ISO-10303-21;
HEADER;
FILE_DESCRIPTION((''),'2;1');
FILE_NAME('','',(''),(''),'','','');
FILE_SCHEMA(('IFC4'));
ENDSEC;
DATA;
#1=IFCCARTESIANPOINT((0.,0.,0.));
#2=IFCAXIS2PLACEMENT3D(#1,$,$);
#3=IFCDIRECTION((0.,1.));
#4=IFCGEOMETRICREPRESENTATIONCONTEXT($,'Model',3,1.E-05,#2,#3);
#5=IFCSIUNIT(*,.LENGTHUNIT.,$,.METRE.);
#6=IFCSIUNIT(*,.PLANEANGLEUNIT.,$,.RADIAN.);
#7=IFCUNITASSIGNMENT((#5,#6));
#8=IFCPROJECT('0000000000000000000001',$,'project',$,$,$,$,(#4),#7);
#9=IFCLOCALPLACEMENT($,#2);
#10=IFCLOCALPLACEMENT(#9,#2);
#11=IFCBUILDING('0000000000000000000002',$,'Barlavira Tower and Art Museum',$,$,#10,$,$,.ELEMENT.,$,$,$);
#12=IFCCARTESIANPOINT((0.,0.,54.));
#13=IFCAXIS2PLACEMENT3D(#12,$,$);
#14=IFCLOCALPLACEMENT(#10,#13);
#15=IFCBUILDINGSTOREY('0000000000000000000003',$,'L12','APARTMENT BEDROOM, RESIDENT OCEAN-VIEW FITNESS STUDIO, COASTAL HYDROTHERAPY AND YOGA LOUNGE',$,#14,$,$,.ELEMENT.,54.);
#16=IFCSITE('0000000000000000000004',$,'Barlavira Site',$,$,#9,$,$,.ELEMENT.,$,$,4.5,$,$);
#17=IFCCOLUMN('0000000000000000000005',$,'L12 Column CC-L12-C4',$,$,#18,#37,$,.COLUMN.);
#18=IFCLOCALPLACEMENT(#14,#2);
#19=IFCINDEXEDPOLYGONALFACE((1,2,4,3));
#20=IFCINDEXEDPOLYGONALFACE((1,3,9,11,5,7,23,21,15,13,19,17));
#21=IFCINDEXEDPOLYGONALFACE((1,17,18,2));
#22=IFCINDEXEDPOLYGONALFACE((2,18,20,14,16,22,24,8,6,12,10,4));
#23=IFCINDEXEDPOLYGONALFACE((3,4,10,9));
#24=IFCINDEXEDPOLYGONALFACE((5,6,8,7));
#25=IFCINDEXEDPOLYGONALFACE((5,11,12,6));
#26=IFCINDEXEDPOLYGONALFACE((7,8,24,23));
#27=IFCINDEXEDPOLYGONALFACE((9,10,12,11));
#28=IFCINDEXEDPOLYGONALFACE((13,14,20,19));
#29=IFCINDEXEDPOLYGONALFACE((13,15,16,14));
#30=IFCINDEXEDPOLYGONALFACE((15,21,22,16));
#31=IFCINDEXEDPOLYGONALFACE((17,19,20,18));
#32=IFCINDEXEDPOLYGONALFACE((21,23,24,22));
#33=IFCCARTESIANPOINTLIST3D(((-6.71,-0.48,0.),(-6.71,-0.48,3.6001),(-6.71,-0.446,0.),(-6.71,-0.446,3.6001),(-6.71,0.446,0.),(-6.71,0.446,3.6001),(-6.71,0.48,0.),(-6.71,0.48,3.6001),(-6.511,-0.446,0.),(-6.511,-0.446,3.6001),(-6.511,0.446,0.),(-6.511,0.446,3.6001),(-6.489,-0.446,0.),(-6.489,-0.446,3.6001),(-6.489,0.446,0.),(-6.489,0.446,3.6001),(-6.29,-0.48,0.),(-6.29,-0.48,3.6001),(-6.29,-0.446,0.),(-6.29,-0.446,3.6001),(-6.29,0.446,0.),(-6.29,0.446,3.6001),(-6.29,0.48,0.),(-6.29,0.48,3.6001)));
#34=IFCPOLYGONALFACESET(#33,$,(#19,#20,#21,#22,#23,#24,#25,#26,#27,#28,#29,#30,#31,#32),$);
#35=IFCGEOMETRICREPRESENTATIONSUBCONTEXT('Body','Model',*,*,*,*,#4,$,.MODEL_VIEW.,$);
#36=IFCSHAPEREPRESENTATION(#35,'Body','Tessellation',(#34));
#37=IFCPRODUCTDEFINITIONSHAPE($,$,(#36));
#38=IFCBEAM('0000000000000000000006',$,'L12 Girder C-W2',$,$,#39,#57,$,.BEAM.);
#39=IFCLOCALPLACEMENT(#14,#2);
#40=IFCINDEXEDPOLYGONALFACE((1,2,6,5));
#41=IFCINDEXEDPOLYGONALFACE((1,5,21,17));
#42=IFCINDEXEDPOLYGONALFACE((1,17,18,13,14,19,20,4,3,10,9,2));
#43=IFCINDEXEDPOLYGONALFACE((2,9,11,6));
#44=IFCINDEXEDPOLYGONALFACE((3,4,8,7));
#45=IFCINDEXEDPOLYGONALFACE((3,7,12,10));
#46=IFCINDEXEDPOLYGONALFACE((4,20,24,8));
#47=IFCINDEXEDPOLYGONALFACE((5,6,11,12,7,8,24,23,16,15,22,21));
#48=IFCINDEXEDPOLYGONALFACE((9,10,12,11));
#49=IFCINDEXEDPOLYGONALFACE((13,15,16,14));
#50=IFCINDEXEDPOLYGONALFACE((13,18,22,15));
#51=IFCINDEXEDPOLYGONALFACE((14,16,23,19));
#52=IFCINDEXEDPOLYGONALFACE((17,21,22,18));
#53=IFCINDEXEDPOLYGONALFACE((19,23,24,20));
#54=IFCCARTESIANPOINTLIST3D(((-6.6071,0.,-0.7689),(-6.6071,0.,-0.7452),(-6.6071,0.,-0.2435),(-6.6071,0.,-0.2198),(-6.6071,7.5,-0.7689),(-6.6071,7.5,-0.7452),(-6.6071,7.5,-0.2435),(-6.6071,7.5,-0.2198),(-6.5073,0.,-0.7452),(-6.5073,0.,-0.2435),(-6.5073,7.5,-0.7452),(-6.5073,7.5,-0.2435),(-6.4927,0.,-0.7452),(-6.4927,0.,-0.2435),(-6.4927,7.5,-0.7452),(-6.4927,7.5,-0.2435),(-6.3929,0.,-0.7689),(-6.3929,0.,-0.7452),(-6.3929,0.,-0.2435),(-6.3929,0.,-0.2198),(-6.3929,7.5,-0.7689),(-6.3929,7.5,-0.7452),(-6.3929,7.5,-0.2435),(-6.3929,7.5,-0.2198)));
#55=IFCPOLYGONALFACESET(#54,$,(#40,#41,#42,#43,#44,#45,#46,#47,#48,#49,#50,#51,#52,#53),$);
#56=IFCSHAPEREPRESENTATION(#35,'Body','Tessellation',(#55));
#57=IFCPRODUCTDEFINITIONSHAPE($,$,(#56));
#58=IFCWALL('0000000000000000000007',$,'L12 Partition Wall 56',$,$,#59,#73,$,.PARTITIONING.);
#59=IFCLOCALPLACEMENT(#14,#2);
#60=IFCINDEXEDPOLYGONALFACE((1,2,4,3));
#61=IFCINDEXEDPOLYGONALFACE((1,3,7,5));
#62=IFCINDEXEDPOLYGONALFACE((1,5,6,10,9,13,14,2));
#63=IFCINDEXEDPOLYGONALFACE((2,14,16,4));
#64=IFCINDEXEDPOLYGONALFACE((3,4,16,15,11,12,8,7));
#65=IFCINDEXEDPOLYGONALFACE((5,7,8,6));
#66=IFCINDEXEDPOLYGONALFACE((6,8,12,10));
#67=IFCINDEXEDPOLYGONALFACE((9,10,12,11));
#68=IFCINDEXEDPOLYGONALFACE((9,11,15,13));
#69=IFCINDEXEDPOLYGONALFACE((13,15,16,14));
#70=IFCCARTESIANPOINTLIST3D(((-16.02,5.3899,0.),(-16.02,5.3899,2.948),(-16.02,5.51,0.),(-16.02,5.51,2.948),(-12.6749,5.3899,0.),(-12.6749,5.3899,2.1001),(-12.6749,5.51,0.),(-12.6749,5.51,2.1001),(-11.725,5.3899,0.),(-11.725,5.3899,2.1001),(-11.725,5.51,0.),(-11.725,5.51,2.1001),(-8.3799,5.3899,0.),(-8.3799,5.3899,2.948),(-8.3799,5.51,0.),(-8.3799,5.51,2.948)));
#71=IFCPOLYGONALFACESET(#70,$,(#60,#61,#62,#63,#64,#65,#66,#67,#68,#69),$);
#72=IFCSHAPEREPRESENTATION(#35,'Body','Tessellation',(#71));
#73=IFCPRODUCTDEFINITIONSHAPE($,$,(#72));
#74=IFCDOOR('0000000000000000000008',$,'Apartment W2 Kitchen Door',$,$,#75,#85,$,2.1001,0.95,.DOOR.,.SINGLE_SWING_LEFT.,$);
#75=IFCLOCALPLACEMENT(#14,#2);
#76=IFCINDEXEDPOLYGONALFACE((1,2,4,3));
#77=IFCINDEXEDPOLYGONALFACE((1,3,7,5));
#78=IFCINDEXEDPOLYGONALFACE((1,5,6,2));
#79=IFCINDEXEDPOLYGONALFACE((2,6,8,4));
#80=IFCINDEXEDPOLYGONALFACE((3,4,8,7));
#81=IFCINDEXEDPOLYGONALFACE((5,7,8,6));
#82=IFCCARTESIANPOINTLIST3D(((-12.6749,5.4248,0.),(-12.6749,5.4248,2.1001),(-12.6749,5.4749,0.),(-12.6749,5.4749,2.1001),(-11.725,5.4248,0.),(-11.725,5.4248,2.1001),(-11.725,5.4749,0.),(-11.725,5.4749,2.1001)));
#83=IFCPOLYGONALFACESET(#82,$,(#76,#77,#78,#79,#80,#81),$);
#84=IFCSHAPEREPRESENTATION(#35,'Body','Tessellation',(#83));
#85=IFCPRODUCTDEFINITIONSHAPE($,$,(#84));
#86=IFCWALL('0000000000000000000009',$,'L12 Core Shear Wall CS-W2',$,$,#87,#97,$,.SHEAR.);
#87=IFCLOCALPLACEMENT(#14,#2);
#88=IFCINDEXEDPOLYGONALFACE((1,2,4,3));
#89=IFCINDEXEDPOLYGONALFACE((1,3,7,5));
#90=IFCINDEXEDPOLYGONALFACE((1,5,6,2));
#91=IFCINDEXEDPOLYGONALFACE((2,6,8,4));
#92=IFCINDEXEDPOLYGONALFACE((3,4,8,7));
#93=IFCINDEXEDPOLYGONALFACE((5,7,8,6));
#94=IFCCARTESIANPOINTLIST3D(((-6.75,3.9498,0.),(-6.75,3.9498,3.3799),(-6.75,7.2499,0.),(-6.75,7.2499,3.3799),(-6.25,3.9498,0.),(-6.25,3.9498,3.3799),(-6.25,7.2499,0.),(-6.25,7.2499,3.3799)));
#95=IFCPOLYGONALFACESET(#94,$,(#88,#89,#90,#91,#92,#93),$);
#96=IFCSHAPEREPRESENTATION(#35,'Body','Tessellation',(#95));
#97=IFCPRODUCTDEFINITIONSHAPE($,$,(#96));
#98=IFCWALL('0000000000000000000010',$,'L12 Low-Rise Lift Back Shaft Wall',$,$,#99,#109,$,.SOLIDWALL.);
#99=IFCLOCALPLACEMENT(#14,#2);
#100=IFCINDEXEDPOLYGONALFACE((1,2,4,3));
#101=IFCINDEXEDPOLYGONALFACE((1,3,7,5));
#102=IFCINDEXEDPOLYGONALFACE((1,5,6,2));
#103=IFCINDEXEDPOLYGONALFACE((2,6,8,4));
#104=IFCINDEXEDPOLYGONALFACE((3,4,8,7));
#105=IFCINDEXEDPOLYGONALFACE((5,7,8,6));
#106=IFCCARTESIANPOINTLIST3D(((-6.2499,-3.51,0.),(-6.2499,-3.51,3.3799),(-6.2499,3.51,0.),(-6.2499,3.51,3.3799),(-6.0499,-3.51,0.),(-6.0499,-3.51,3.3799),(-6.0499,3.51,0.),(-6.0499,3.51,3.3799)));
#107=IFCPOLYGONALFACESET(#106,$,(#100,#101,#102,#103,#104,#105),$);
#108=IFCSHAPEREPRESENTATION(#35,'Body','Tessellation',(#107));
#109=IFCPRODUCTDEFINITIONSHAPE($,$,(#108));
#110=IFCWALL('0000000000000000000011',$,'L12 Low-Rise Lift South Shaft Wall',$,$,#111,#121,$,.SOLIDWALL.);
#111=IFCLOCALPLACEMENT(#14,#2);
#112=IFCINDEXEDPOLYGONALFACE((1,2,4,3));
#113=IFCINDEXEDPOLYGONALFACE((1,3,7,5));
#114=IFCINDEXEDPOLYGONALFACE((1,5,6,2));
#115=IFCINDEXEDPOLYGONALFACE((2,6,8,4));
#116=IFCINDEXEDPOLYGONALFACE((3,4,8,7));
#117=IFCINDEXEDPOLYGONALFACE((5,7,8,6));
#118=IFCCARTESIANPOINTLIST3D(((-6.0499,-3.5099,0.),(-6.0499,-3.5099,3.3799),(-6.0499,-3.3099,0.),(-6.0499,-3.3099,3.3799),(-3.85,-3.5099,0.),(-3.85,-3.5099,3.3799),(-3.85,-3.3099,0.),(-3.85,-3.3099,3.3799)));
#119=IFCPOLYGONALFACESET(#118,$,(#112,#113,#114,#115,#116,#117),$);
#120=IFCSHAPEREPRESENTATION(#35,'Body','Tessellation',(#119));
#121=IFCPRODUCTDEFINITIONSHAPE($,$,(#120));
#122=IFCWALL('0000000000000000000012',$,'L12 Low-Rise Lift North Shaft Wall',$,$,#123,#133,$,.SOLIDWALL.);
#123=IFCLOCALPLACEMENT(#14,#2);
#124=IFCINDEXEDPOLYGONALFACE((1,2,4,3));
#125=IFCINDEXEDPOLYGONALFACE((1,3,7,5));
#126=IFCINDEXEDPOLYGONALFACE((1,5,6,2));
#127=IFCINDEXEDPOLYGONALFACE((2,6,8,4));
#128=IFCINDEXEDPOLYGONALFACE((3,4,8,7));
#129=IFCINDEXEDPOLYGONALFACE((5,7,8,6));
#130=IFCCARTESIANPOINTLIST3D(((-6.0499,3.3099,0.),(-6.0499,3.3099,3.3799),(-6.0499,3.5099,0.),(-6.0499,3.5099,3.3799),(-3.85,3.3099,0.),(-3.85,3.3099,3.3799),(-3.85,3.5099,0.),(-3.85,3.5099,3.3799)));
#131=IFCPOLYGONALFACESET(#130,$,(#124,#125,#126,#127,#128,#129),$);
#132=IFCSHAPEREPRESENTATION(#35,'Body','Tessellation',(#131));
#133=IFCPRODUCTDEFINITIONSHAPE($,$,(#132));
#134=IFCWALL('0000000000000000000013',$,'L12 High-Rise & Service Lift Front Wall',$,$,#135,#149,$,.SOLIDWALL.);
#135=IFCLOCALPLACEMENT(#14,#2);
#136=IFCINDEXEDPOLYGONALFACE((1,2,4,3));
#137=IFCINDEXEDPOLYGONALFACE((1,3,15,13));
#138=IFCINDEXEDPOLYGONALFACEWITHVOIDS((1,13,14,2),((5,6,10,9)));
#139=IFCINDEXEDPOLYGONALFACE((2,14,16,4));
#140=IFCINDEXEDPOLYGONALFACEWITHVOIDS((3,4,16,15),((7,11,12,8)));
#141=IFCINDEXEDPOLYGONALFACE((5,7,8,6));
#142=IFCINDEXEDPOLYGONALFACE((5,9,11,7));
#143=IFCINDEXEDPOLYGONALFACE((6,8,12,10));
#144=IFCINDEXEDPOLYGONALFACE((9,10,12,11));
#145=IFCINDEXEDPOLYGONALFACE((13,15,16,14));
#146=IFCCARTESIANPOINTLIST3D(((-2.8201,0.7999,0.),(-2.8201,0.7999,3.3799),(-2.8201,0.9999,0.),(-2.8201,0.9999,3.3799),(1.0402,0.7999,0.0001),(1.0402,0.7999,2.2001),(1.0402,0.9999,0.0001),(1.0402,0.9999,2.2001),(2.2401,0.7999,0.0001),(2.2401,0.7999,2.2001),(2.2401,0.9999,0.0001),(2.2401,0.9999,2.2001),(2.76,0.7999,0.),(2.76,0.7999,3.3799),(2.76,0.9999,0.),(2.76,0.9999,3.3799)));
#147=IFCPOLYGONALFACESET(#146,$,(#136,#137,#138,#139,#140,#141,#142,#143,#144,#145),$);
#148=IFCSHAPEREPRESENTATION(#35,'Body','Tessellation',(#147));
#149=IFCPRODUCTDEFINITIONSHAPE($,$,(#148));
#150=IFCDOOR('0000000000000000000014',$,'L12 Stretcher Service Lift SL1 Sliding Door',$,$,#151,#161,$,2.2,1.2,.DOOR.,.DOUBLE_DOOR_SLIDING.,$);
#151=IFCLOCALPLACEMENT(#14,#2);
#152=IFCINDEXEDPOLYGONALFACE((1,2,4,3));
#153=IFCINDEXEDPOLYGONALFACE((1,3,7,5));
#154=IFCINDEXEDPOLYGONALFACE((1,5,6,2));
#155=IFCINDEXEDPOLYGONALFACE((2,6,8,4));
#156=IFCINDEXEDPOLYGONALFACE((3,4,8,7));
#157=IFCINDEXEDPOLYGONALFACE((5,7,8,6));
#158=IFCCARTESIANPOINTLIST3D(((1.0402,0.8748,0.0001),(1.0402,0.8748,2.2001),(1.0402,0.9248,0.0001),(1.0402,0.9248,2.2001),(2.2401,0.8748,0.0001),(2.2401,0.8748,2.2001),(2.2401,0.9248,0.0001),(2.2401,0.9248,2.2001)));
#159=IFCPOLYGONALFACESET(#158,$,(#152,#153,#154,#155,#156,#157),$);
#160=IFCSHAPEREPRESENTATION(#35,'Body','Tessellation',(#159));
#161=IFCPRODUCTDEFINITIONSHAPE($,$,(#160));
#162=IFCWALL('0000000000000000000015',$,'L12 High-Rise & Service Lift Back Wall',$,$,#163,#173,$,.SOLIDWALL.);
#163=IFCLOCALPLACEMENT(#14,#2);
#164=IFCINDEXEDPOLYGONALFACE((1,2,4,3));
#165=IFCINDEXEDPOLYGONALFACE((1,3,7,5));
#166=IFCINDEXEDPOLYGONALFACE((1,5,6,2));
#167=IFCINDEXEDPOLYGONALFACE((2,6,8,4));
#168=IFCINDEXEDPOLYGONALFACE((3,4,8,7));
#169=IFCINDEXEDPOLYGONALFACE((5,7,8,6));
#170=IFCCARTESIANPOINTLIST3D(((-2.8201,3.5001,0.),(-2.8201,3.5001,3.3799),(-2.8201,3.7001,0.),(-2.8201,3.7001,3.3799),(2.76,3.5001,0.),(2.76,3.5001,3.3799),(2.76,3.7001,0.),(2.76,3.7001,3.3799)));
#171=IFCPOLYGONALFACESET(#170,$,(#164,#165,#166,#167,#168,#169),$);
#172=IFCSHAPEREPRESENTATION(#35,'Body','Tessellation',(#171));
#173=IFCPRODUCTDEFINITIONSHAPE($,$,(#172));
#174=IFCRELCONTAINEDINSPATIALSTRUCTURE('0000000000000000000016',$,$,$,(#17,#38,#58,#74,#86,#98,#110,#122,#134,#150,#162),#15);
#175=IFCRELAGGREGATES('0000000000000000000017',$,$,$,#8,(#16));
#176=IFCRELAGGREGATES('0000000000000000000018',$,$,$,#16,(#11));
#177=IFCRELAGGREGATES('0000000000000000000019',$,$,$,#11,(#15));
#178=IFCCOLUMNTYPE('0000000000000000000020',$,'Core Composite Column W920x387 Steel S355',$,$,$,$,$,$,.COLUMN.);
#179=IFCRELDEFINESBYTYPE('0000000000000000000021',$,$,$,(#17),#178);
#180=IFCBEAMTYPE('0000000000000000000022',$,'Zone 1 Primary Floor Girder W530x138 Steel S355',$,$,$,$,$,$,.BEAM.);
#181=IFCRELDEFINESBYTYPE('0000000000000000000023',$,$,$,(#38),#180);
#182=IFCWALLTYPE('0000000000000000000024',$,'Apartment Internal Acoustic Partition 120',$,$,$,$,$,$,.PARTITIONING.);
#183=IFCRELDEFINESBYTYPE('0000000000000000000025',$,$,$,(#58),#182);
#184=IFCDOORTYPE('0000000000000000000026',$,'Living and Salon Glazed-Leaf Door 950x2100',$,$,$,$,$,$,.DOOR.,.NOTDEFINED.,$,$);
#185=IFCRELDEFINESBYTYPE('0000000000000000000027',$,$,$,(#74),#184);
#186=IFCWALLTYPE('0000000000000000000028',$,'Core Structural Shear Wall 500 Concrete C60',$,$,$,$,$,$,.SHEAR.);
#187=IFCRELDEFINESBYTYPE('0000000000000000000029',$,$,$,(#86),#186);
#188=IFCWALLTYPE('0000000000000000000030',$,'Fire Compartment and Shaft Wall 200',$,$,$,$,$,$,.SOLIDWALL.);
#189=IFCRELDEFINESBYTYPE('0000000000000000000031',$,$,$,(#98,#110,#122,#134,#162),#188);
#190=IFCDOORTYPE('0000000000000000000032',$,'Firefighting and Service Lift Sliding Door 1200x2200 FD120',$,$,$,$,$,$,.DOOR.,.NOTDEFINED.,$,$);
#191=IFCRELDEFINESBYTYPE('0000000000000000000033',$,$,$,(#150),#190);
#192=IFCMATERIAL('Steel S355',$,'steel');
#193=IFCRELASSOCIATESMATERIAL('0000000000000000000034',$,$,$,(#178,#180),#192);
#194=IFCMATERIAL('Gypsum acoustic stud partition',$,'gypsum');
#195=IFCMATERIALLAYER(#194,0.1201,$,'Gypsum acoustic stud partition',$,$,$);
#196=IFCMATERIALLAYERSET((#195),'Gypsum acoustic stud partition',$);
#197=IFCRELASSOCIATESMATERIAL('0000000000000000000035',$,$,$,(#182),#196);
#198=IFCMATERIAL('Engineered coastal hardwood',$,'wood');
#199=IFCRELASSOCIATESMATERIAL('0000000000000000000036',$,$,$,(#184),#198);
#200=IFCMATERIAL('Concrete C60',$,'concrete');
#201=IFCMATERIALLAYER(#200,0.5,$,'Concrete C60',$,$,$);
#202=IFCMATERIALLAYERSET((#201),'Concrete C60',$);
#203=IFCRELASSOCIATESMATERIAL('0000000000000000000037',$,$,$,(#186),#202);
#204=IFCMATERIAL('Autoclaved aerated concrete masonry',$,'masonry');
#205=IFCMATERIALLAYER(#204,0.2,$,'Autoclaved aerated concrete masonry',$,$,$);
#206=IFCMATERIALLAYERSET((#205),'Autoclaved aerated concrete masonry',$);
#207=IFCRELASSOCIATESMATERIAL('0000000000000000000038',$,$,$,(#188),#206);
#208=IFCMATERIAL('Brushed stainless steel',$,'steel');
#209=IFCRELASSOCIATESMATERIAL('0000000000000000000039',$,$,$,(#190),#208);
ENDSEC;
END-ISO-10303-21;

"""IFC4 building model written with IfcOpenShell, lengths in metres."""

from ifc_helpers import new_model, si_unit, direction, frame, frame_2d, origin, origin_2d, place, context, subcontext, project, spatial, rectangle, i_section, extrude, material, layer, layer_set, material_profile, profile_set, type_object, element, fill, save


model = new_model("IFC4")

# Units and contexts
model_context = context("Model", 3, precision=1e-05, world=origin(), true_north=direction((0.0, 1.0)))
body_context = subcontext(model_context, "Body", "Model", "MODEL_VIEW")
ifc_project = project(units=[si_unit("LENGTHUNIT", "METRE"), si_unit("PLANEANGLEUNIT", "RADIAN")], contexts=[model_context])

# Site, building, storey
site_placement = place(None, origin())
site = spatial("IfcSite", under=ifc_project, at=site_placement, Name="Barlavira Site", CompositionType="ELEMENT", RefElevation=4.5)
building_placement = place(site_placement, origin())
building = spatial("IfcBuilding", under=site, at=building_placement, Name="Barlavira Tower and Art Museum", CompositionType="ELEMENT")
storey_placement = place(building_placement, frame((0.0, 0.0, 54.0)))
storey = spatial("IfcBuildingStorey", under=building, at=storey_placement, Name="L12", Description="APARTMENT BEDROOM, RESIDENT OCEAN-VIEW FITNESS STUDIO, COASTAL HYDROTHERAPY AND YOGA LOUNGE", CompositionType="ELEMENT", Elevation=54.0)

# Column
ifc_material_1 = material(Name="Steel S355", Category="steel")
ifc_material_profile_1 = material_profile(ifc_material_1, i_section(OverallWidth=0.4199, OverallDepth=0.96, WebThickness=0.022, FlangeThickness=0.0339, at=origin_2d()), Name="W920x387.0")
ifc_profile_set_1 = profile_set([ifc_material_profile_1], Name="Steel S355")
column_type = type_object("IfcColumnType", Name="Core Composite Column W920x387 Steel S355", PredefinedType="COLUMN", material=ifc_profile_set_1)
column_placement = place(storey_placement, frame((-6.5, 0.0, 0.0), z_axis=(0.0, 0.0, 1.0), x_axis=(1.0, 0.0, 0.0)))
element("IfcColumn", 1, at=column_placement, inside=storey, type_object=column_type, Name="L12 Column CC-L12-C4", PredefinedType="COLUMN", context=body_context, shape_type="SweptSolid", body=[
    extrude(i_section(OverallWidth=0.4199, OverallDepth=0.96, WebThickness=0.022, FlangeThickness=0.0339, at=origin_2d()), origin(), (0.0, 0.0, 1.0), 3.6001),
])

# Beam
ifc_material_profile_2 = material_profile(ifc_material_1, i_section(OverallWidth=0.2141, OverallDepth=0.5491, WebThickness=0.0146, FlangeThickness=0.0237, at=origin_2d()), Name="W530x138.0")
ifc_profile_set_2 = profile_set([ifc_material_profile_2], Name="Steel S355")
beam_type = type_object("IfcBeamType", Name="Zone 1 Primary Floor Girder W530x138 Steel S355", PredefinedType="BEAM", material=ifc_profile_set_2)
beam_placement = place(storey_placement, frame((-6.5, 0.0, -0.4944), z_axis=(0.0, 1.0, 0.0), x_axis=(-1.0, 0.0, 0.0)))
element("IfcBeam", 2, at=beam_placement, inside=storey, type_object=beam_type, Name="L12 Girder C-W2", PredefinedType="BEAM", context=body_context, shape_type="SweptSolid", body=[
    extrude(i_section(OverallWidth=0.2141, OverallDepth=0.5491, WebThickness=0.0146, FlangeThickness=0.0237, at=origin_2d()), origin(), (0.0, 0.0, 1.0), 7.5),
])

# Wall, opening, door
ifc_material_2 = material(Name="Gypsum acoustic stud partition", Category="gypsum")
ifc_layer_1 = layer(ifc_material_2, 0.1201, Name="Gypsum acoustic stud partition")
ifc_layer_set_1 = layer_set([ifc_layer_1], Name="Gypsum acoustic stud partition")
wall_type_1 = type_object("IfcWallType", Name="Apartment Internal Acoustic Partition 120", PredefinedType="PARTITIONING", material=ifc_layer_set_1)
wall_1_placement = place(storey_placement, frame((-16.02, 5.45, 0.0), z_axis=(0.0, 0.0, 1.0), x_axis=(1.0, 0.0, 0.0)))
wall_1 = element("IfcWall", 3, at=wall_1_placement, inside=storey, type_object=wall_type_1, Name="L12 Partition Wall 56", PredefinedType="PARTITIONING", context=body_context, shape_type="SweptSolid", body=[
    extrude(rectangle(XDim=7.6401, YDim=0.1201, at=frame_2d((3.8201, 0.0))), origin(), (0.0, 0.0, 1.0), 2.948),
])
opening_1_placement = place(wall_1_placement, frame((3.345, 0.0, 0.0)))
opening_1 = element("IfcOpeningElement", 4, at=opening_1_placement, cuts=wall_1, PredefinedType="OPENING", context=body_context, shape_type="SweptSolid", body=[
    extrude(rectangle(XDim=0.95, YDim=2.1001, at=frame_2d((0.4751, 1.05))), frame((0.0, 0.0701, 0.0), z_axis=(0.0, -1.0, 0.0), x_axis=(1.0, 0.0, 0.0)), (0.0, 0.0, 1.0), 0.1401),
])
ifc_material_3 = material(Name="Engineered coastal hardwood", Category="wood")
door_type_1 = type_object("IfcDoorType", Name="Living and Salon Glazed-Leaf Door 950x2100", OperationType="NOTDEFINED", PredefinedType="DOOR", material=ifc_material_3)
door_1_placement = place(opening_1_placement, origin())
door_1 = element("IfcDoor", 5, at=door_1_placement, inside=storey, type_object=door_type_1, Name="Apartment W2 Kitchen Door", OperationType="SINGLE_SWING_LEFT", OverallHeight=2.1001, OverallWidth=0.95, PredefinedType="DOOR", context=body_context, shape_type="SweptSolid", body=[
    extrude(rectangle(XDim=0.95, YDim=2.1001, at=frame_2d((0.4751, 1.05))), frame((0.0, 0.0249, 0.0), z_axis=(0.0, -1.0, 0.0), x_axis=(1.0, 0.0, 0.0)), (0.0, 0.0, 1.0), 0.05),
])
fill(opening_1, door_1)

# Walls
ifc_material_4 = material(Name="Concrete C60", Category="concrete")
ifc_layer_2 = layer(ifc_material_4, 0.5, Name="Concrete C60")
ifc_layer_set_2 = layer_set([ifc_layer_2], Name="Concrete C60")
wall_type_2 = type_object("IfcWallType", Name="Core Structural Shear Wall 500 Concrete C60", PredefinedType="SHEAR", material=ifc_layer_set_2)
wall_2_placement = place(storey_placement, frame((-6.5, 3.95, 0.0), z_axis=(0.0, 0.0, 1.0), x_axis=(0.0, 1.0, 0.0)))
element("IfcWall", 6, at=wall_2_placement, inside=storey, type_object=wall_type_2, Name="L12 Core Shear Wall CS-W2", PredefinedType="SHEAR", context=body_context, shape_type="SweptSolid", body=[
    extrude(rectangle(XDim=3.3, YDim=0.5, at=frame_2d((1.6499, 0.0))), origin(), (0.0, 0.0, 1.0), 3.3799),
])
ifc_material_5 = material(Name="Autoclaved aerated concrete masonry", Category="masonry")
ifc_layer_3 = layer(ifc_material_5, 0.2, Name="Autoclaved aerated concrete masonry")
ifc_layer_set_3 = layer_set([ifc_layer_3], Name="Autoclaved aerated concrete masonry")
wall_type_3 = type_object("IfcWallType", Name="Fire Compartment and Shaft Wall 200", PredefinedType="SOLIDWALL", material=ifc_layer_set_3)
wall_3_placement = place(storey_placement, frame((-6.1499, -3.51, 0.0), z_axis=(0.0, 0.0, 1.0), x_axis=(0.0, 1.0, 0.0)))
element("IfcWall", 7, at=wall_3_placement, inside=storey, type_object=wall_type_3, Name="L12 Low-Rise Lift Back Shaft Wall", PredefinedType="SOLIDWALL", context=body_context, shape_type="SweptSolid", body=[
    extrude(rectangle(XDim=7.02, YDim=0.2, at=frame_2d((3.51, 0.0))), origin(), (0.0, 0.0, 1.0), 3.3799),
])
for number, where, z_axis, x_axis, name in (
    (8, (-6.05, -3.4099, 0.0), (0.0, 0.0, 1.0), (1.0, 0.0, 0.0), "L12 Low-Rise Lift South Shaft Wall"),
    (9, (-6.05, 3.4099, 0.0), (0.0, 0.0, 1.0), (1.0, 0.0, 0.0), "L12 Low-Rise Lift North Shaft Wall"),
):
    element("IfcWall", number, at=place(storey_placement, frame(where, z_axis=z_axis, x_axis=x_axis)), inside=storey, type_object=wall_type_3, Name=name, PredefinedType="SOLIDWALL", context=body_context, shape_type="SweptSolid", body=[
        extrude(rectangle(XDim=2.2, YDim=0.2, at=frame_2d((1.1001, 0.0))), origin(), (0.0, 0.0, 1.0), 3.3799),
    ])

# Wall, opening, door
wall_4_placement = place(storey_placement, frame((-2.8201, 0.8999, 0.0), z_axis=(0.0, 0.0, 1.0), x_axis=(1.0, 0.0, 0.0)))
wall_4 = element("IfcWall", 10, at=wall_4_placement, inside=storey, type_object=wall_type_3, Name="L12 High-Rise & Service Lift Front Wall", PredefinedType="SOLIDWALL", context=body_context, shape_type="SweptSolid", body=[
    extrude(rectangle(XDim=5.5801, YDim=0.2, at=frame_2d((2.79, 0.0))), origin(), (0.0, 0.0, 1.0), 3.3799),
])
opening_2_placement = place(wall_4_placement, frame((3.8601, 0.0, 0.0)))
opening_2 = element("IfcOpeningElement", 11, at=opening_2_placement, cuts=wall_4, PredefinedType="OPENING", context=body_context, shape_type="SweptSolid", body=[
    extrude(rectangle(XDim=1.2, YDim=2.2, at=frame_2d((0.6001, 1.1001))), frame((0.0, 0.1099, 0.0), z_axis=(0.0, -1.0, 0.0), x_axis=(1.0, 0.0, 0.0)), (0.0, 0.0, 1.0), 0.22),
])
ifc_material_6 = material(Name="Brushed stainless steel", Category="steel")
door_type_2 = type_object("IfcDoorType", Name="Firefighting and Service Lift Sliding Door 1200x2200 FD120", OperationType="NOTDEFINED", PredefinedType="DOOR", material=ifc_material_6)
door_2_placement = place(opening_2_placement, origin())
door_2 = element("IfcDoor", 12, at=door_2_placement, inside=storey, type_object=door_type_2, Name="L12 Stretcher Service Lift SL1 Sliding Door", OperationType="DOUBLE_DOOR_SLIDING", OverallHeight=2.2, OverallWidth=1.2, PredefinedType="DOOR", context=body_context, shape_type="SweptSolid", body=[
    extrude(rectangle(XDim=1.2, YDim=2.2, at=frame_2d((0.6001, 1.1001))), frame((0.0, 0.0249, 0.0), z_axis=(0.0, -1.0, 0.0), x_axis=(1.0, 0.0, 0.0)), (0.0, 0.0, 1.0), 0.05),
])
fill(opening_2, door_2)

# Wall
wall_5_placement = place(storey_placement, frame((-2.8201, 3.6001, 0.0), z_axis=(0.0, 0.0, 1.0), x_axis=(1.0, 0.0, 0.0)))
element("IfcWall", 13, at=wall_5_placement, inside=storey, type_object=wall_type_3, Name="L12 High-Rise & Service Lift Back Wall", PredefinedType="SOLIDWALL", context=body_context, shape_type="SweptSolid", body=[
    extrude(rectangle(XDim=5.5801, YDim=0.2, at=frame_2d((2.79, 0.0))), origin(), (0.0, 0.0, 1.0), 3.3799),
])

save(model, "model.ifc")
